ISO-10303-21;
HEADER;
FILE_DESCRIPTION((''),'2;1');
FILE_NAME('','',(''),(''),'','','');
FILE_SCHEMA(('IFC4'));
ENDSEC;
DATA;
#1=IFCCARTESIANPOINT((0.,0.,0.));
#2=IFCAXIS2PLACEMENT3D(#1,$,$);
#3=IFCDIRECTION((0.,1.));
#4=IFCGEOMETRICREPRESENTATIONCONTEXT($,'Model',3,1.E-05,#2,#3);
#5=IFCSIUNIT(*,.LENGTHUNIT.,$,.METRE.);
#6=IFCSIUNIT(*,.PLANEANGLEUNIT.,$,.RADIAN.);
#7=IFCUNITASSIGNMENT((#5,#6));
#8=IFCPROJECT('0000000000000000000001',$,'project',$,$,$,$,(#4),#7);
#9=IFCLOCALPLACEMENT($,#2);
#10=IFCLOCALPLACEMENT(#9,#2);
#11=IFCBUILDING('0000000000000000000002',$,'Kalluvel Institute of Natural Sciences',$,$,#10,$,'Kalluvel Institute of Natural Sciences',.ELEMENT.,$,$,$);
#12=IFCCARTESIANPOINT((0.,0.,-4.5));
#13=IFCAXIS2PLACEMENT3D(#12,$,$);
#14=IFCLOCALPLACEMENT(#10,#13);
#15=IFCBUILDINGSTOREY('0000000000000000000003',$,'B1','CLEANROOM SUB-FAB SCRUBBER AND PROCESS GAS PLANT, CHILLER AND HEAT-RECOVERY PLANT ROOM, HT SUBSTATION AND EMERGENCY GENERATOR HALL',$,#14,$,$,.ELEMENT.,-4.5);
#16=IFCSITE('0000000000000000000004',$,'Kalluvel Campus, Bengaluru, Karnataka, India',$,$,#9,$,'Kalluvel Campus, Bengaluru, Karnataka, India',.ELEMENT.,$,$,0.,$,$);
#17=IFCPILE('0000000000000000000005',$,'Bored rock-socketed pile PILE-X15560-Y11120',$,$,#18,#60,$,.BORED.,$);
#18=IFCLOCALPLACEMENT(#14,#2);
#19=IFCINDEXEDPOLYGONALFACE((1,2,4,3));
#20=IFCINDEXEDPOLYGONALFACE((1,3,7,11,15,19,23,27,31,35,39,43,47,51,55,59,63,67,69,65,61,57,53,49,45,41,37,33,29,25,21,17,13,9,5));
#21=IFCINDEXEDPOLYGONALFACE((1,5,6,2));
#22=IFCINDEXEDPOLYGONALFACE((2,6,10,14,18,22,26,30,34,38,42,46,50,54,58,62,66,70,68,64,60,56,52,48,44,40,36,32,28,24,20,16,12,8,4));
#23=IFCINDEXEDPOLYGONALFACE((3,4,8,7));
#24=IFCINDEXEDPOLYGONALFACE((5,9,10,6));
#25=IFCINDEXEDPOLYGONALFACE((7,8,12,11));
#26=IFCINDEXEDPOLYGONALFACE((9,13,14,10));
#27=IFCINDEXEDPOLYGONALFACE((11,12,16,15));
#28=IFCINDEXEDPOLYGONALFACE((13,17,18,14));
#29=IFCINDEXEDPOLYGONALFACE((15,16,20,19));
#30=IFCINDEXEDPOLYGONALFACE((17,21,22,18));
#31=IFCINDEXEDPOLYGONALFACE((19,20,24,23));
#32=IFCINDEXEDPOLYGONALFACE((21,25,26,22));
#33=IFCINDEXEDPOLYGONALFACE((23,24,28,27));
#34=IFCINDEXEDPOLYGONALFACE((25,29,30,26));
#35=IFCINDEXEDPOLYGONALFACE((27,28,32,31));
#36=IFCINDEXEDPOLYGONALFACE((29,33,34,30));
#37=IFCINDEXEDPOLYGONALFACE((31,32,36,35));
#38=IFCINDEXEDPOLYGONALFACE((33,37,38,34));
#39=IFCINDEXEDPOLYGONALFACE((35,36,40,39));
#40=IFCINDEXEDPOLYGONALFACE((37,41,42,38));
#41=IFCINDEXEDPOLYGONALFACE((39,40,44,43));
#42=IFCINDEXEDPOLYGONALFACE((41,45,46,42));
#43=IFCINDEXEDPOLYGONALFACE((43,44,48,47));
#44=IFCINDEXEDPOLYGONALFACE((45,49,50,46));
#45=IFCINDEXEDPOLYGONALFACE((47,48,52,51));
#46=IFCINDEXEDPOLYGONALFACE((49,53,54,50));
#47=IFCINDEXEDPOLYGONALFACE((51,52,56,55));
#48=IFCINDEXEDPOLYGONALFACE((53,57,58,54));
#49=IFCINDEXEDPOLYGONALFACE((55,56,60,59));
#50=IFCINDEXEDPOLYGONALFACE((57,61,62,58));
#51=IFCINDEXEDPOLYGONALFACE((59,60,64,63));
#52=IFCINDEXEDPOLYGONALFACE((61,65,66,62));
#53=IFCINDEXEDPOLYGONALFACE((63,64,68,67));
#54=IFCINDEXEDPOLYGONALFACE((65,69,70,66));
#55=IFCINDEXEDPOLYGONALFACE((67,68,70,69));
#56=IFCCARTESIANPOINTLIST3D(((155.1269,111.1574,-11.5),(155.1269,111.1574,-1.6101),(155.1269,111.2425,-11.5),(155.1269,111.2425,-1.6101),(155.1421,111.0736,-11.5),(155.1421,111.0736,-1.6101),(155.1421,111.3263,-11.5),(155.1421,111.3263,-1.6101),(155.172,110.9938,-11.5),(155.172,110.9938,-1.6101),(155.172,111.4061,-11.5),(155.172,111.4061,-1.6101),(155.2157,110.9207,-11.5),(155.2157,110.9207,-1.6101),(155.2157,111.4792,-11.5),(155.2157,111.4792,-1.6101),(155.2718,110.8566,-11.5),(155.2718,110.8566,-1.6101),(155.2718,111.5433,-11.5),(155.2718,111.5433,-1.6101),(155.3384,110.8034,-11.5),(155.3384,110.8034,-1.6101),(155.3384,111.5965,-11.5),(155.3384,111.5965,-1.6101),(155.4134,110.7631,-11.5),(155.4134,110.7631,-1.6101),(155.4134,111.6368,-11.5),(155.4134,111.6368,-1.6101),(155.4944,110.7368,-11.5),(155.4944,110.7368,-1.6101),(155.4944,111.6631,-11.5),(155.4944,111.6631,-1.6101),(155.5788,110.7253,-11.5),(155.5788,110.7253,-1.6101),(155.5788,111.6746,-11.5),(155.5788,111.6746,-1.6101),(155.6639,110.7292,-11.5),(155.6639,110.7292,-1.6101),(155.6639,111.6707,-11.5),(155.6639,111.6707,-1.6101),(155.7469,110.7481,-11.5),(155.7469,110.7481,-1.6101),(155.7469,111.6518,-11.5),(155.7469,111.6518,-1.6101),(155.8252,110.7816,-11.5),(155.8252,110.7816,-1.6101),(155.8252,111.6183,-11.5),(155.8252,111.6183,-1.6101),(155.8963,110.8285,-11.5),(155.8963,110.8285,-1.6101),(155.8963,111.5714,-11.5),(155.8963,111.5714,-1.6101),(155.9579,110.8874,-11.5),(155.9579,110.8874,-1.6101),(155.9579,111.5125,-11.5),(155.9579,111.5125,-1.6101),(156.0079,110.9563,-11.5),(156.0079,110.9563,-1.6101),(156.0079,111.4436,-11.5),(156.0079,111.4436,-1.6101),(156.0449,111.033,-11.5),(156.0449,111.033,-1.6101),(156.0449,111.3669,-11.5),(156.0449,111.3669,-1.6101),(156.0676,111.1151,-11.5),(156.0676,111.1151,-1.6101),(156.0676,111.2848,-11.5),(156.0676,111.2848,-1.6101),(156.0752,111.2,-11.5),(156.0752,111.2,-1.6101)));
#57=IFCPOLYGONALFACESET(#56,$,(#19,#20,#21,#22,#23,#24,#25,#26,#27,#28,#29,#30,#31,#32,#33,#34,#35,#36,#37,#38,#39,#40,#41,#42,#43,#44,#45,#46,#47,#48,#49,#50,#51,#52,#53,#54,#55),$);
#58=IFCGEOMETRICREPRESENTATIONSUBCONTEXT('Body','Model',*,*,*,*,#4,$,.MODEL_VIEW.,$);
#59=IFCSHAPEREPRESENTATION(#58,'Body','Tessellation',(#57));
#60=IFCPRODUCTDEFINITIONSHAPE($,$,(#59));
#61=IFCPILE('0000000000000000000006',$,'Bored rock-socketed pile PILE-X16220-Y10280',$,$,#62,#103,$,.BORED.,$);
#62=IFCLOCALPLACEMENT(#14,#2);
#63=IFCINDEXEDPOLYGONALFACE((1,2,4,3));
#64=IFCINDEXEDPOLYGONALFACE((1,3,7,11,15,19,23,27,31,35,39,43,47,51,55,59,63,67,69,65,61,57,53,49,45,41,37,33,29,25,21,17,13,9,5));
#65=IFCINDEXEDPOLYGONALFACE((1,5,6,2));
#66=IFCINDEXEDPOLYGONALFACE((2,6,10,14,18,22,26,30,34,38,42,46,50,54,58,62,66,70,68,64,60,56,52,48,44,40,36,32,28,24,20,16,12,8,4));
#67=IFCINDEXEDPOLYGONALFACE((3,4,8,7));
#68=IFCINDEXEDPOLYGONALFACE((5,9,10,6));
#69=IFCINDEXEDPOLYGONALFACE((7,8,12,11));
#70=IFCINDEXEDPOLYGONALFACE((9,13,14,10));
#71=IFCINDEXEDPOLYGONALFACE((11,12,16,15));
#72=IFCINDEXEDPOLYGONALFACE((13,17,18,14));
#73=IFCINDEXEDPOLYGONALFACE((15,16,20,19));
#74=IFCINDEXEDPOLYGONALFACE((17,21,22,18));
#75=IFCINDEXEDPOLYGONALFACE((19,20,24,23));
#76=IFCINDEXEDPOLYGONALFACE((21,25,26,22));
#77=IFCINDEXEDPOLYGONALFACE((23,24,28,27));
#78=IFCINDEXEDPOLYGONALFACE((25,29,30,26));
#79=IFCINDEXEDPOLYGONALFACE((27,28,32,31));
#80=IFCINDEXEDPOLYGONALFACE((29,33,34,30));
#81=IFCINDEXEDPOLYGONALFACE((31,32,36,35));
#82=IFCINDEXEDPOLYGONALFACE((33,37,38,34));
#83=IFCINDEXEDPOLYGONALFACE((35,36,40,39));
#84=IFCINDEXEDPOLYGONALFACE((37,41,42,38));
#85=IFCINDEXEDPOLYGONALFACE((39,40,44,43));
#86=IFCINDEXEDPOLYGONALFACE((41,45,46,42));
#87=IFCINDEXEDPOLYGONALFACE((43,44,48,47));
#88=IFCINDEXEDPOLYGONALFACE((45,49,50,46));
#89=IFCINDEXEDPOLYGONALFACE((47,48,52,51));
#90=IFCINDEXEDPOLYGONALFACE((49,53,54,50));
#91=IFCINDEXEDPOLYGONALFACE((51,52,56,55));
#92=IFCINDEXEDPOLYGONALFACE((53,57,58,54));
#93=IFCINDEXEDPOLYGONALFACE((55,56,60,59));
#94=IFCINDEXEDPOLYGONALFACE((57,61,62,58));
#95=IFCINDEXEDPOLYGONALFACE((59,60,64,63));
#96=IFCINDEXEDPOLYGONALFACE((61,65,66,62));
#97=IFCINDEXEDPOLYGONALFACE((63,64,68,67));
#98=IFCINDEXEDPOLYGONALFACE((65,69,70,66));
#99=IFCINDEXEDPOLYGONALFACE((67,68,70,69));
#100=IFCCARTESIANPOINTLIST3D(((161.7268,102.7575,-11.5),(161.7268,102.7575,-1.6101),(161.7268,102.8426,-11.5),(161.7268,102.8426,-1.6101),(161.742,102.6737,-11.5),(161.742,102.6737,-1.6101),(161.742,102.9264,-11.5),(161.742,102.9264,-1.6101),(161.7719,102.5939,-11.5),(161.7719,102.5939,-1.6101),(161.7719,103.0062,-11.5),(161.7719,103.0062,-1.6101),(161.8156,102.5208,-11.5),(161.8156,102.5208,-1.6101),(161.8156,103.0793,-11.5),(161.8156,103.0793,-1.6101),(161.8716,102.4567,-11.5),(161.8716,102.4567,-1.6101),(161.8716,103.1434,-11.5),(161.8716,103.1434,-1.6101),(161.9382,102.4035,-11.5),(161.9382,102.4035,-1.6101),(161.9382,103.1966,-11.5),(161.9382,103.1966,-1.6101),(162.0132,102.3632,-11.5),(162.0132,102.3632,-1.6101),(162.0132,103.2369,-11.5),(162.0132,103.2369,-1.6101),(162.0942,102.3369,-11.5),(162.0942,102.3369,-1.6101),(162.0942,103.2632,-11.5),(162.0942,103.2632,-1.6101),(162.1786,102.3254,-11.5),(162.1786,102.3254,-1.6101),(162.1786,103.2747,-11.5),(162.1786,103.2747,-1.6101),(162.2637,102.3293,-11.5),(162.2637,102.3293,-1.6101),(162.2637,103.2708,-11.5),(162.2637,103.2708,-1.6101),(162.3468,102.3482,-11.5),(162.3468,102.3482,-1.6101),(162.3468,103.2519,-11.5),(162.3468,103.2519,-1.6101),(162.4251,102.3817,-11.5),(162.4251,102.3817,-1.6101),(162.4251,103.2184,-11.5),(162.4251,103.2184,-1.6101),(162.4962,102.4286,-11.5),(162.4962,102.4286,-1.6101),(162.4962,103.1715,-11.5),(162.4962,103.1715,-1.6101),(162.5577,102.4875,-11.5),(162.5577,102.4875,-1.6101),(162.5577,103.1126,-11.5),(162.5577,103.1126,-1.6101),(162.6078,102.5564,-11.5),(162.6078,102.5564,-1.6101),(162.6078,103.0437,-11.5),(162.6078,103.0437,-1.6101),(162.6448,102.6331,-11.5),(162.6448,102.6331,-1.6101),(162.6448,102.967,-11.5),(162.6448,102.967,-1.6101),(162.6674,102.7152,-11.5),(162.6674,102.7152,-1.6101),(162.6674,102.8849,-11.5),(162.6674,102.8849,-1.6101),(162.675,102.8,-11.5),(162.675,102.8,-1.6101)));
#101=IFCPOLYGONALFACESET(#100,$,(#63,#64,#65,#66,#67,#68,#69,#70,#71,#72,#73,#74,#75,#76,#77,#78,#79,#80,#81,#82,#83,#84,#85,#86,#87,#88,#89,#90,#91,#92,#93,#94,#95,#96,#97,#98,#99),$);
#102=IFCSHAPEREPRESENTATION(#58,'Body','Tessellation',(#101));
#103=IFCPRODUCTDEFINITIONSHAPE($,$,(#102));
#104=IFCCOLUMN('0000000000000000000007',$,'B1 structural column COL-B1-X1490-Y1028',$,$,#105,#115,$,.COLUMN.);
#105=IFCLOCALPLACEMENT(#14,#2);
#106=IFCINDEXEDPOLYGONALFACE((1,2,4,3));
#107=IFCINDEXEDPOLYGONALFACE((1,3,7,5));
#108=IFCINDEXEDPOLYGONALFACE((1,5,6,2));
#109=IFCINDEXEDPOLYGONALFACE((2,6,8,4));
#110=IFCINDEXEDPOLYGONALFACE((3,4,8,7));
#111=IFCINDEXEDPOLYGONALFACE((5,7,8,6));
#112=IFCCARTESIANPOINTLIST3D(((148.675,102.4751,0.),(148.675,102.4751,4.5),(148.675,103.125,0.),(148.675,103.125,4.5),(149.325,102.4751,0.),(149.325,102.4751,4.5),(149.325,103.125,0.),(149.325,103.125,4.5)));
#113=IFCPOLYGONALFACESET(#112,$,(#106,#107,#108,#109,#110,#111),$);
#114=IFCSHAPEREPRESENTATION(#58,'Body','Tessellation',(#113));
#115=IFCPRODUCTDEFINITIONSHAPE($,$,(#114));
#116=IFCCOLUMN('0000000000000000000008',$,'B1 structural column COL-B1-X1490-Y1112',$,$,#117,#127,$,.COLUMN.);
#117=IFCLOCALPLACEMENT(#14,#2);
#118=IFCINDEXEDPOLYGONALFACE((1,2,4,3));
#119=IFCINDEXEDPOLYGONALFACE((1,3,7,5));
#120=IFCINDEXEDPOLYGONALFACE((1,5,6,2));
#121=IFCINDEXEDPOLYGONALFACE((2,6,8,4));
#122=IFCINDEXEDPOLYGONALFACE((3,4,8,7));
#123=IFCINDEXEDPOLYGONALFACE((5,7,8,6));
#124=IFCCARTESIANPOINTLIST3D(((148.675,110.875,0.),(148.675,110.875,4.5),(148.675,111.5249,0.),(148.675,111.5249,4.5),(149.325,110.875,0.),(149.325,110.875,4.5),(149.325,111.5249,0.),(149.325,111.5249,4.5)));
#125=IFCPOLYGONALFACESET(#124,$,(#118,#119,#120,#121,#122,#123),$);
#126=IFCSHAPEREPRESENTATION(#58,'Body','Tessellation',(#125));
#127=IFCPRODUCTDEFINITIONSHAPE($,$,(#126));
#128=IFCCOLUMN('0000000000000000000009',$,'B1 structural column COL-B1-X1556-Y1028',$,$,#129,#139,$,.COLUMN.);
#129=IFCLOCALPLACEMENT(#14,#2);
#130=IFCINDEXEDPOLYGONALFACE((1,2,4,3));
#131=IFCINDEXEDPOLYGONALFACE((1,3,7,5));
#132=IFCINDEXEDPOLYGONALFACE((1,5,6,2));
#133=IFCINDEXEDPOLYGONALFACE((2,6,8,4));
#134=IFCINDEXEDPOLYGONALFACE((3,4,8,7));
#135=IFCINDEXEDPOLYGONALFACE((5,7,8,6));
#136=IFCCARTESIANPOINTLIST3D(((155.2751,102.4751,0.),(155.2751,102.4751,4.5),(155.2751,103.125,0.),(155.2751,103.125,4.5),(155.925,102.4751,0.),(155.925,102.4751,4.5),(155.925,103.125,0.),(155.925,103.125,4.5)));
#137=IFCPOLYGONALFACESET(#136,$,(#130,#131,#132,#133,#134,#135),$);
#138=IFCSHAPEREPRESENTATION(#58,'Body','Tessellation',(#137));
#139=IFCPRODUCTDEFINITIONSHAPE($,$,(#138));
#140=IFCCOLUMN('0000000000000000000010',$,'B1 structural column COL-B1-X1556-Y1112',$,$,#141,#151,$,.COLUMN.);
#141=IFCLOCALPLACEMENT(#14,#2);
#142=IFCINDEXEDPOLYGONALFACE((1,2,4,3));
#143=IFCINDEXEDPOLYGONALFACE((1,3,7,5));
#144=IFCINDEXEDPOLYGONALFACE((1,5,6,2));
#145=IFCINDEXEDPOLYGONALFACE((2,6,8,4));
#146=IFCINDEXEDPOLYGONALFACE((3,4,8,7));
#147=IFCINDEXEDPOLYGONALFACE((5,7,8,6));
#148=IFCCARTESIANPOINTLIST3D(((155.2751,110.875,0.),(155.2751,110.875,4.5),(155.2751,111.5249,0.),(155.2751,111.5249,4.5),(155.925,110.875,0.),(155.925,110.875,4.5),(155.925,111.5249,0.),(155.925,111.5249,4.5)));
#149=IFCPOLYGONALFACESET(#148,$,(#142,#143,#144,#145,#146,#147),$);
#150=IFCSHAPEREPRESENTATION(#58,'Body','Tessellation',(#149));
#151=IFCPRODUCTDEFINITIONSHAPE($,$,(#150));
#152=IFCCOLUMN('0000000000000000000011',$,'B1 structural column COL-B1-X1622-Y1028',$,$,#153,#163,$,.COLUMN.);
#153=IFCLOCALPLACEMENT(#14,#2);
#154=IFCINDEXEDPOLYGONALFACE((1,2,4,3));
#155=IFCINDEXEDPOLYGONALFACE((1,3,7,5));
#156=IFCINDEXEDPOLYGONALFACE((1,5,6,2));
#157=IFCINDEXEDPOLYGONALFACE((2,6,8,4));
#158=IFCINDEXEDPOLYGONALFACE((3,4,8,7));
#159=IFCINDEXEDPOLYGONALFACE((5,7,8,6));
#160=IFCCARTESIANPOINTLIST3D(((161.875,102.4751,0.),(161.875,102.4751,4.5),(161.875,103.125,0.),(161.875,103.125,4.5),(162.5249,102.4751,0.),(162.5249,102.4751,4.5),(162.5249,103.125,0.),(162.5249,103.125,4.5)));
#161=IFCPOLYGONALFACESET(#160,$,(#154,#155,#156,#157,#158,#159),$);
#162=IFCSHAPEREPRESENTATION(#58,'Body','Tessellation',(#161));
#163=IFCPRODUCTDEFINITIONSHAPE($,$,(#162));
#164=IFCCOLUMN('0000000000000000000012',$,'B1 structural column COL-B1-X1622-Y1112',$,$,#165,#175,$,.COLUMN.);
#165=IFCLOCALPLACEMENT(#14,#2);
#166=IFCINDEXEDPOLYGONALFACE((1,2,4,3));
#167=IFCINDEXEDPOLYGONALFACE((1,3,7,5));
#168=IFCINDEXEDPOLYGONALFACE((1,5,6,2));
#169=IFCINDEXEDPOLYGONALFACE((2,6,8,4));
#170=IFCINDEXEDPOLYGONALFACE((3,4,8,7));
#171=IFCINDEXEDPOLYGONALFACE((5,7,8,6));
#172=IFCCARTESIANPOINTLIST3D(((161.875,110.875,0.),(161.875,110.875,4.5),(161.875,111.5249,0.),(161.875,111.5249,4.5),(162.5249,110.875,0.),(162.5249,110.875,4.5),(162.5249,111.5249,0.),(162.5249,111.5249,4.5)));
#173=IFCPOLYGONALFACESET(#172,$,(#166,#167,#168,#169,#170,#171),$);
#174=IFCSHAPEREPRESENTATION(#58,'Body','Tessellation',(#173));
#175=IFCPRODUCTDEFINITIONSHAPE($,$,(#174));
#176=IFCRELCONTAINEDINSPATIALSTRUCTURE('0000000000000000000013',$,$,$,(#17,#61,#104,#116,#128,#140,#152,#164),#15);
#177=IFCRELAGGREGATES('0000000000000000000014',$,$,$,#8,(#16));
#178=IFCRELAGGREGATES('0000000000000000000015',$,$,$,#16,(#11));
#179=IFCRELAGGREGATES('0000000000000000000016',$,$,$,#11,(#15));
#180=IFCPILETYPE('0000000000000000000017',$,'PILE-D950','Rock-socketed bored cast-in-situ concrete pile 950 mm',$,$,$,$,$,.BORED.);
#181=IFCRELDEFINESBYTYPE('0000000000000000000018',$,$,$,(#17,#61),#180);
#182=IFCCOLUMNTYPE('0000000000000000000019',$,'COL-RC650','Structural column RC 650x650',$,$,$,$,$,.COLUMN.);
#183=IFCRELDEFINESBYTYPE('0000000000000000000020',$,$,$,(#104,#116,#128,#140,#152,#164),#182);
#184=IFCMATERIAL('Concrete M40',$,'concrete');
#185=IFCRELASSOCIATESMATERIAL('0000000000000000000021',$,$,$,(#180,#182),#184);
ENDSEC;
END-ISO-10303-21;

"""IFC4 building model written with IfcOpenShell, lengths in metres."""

from ifc_helpers import new_model, si_unit, direction, frame, origin, origin_2d, place, context, subcontext, project, spatial, rectangle, circle, extrude, material, material_profile, profile_set, type_object, element, save


model = new_model("IFC4")

# Units and contexts
model_context = context("Model", 3, precision=1e-05, world=origin(), true_north=direction((0.0, 1.0)))
body_context = subcontext(model_context, "Body", "Model", "MODEL_VIEW")
ifc_project = project(units=[si_unit("LENGTHUNIT", "METRE"), si_unit("PLANEANGLEUNIT", "RADIAN")], contexts=[model_context])

# Site, building, storey
site_placement = place(None, origin())
site = spatial("IfcSite", under=ifc_project, at=site_placement, Name="Kalluvel Campus, Bengaluru, Karnataka, India", LongName="Kalluvel Campus, Bengaluru, Karnataka, India", CompositionType="ELEMENT", RefElevation=0.0)
building_placement = place(site_placement, origin())
building = spatial("IfcBuilding", under=site, at=building_placement, Name="Kalluvel Institute of Natural Sciences", LongName="Kalluvel Institute of Natural Sciences", CompositionType="ELEMENT")
storey_placement = place(building_placement, frame((0.0, 0.0, -4.5)))
storey = spatial("IfcBuildingStorey", under=building, at=storey_placement, Name="B1", Description="CLEANROOM SUB-FAB SCRUBBER AND PROCESS GAS PLANT, CHILLER AND HEAT-RECOVERY PLANT ROOM, HT SUBSTATION AND EMERGENCY GENERATOR HALL", CompositionType="ELEMENT", Elevation=-4.5)

# Shared definitions
ifc_material = material(Name="Concrete M40", Category="concrete")

# Piles
ifc_material_profile_1 = material_profile(ifc_material, circle(Radius=0.4751, at=origin_2d()), Name="PILE D950")
ifc_profile_set_1 = profile_set([ifc_material_profile_1], Name="Concrete M40")
pile_type_1 = type_object("IfcPileType", Name="PILE-D950", Description="Rock-socketed bored cast-in-situ concrete pile 950 mm", PredefinedType="BORED", material=ifc_profile_set_1)
for number, where, z_axis, x_axis, name in (
    (1, (155.6001, 111.2, -1.6101), (0.0, 0.0, -1.0), (1.0, 0.0, 0.0), "Bored rock-socketed pile PILE-X15560-Y11120"),
    (2, (162.2, 102.8, -1.6101), (0.0, 0.0, -1.0), (1.0, 0.0, 0.0), "Bored rock-socketed pile PILE-X16220-Y10280"),
):
    element("IfcPile", number, at=place(storey_placement, frame(where, z_axis=z_axis, x_axis=x_axis)), inside=storey, type_object=pile_type_1, Name=name, PredefinedType="BORED", context=body_context, shape_type="SweptSolid", body=[
        extrude(circle(Radius=0.4751, at=origin_2d()), origin(), (0.0, 0.0, 1.0), 9.8899),
    ])

# Columns
ifc_material_profile_2 = material_profile(ifc_material, rectangle(XDim=0.6499, YDim=0.6499, at=origin_2d()), Name="RC 650x650")
ifc_profile_set_2 = profile_set([ifc_material_profile_2], Name="Concrete M40")
column_type = type_object("IfcColumnType", Name="COL-RC650", Description="Structural column RC 650x650", PredefinedType="COLUMN", material=ifc_profile_set_2)
for number, where, z_axis, x_axis, name in (
    (3, (149.0, 102.8, 0.0), (0.0, 0.0, 1.0), (1.0, 0.0, 0.0), "B1 structural column COL-B1-X1490-Y1028"),
    (4, (149.0, 111.2, 0.0), (0.0, 0.0, 1.0), (1.0, 0.0, 0.0), "B1 structural column COL-B1-X1490-Y1112"),
    (5, (155.6001, 102.8, 0.0), (0.0, 0.0, 1.0), (1.0, 0.0, 0.0), "B1 structural column COL-B1-X1556-Y1028"),
    (6, (155.6001, 111.2, 0.0), (0.0, 0.0, 1.0), (1.0, 0.0, 0.0), "B1 structural column COL-B1-X1556-Y1112"),
    (7, (162.2, 102.8, 0.0), (0.0, 0.0, 1.0), (1.0, 0.0, 0.0), "B1 structural column COL-B1-X1622-Y1028"),
    (8, (162.2, 111.2, 0.0), (0.0, 0.0, 1.0), (1.0, 0.0, 0.0), "B1 structural column COL-B1-X1622-Y1112"),
):
    element("IfcColumn", number, at=place(storey_placement, frame(where, z_axis=z_axis, x_axis=x_axis)), inside=storey, type_object=column_type, Name=name, PredefinedType="COLUMN", context=body_context, shape_type="SweptSolid", body=[
        extrude(rectangle(XDim=0.6499, YDim=0.6499, at=origin_2d()), origin(), (0.0, 0.0, 1.0), 4.5),
    ])

save(model, "model.ifc")
